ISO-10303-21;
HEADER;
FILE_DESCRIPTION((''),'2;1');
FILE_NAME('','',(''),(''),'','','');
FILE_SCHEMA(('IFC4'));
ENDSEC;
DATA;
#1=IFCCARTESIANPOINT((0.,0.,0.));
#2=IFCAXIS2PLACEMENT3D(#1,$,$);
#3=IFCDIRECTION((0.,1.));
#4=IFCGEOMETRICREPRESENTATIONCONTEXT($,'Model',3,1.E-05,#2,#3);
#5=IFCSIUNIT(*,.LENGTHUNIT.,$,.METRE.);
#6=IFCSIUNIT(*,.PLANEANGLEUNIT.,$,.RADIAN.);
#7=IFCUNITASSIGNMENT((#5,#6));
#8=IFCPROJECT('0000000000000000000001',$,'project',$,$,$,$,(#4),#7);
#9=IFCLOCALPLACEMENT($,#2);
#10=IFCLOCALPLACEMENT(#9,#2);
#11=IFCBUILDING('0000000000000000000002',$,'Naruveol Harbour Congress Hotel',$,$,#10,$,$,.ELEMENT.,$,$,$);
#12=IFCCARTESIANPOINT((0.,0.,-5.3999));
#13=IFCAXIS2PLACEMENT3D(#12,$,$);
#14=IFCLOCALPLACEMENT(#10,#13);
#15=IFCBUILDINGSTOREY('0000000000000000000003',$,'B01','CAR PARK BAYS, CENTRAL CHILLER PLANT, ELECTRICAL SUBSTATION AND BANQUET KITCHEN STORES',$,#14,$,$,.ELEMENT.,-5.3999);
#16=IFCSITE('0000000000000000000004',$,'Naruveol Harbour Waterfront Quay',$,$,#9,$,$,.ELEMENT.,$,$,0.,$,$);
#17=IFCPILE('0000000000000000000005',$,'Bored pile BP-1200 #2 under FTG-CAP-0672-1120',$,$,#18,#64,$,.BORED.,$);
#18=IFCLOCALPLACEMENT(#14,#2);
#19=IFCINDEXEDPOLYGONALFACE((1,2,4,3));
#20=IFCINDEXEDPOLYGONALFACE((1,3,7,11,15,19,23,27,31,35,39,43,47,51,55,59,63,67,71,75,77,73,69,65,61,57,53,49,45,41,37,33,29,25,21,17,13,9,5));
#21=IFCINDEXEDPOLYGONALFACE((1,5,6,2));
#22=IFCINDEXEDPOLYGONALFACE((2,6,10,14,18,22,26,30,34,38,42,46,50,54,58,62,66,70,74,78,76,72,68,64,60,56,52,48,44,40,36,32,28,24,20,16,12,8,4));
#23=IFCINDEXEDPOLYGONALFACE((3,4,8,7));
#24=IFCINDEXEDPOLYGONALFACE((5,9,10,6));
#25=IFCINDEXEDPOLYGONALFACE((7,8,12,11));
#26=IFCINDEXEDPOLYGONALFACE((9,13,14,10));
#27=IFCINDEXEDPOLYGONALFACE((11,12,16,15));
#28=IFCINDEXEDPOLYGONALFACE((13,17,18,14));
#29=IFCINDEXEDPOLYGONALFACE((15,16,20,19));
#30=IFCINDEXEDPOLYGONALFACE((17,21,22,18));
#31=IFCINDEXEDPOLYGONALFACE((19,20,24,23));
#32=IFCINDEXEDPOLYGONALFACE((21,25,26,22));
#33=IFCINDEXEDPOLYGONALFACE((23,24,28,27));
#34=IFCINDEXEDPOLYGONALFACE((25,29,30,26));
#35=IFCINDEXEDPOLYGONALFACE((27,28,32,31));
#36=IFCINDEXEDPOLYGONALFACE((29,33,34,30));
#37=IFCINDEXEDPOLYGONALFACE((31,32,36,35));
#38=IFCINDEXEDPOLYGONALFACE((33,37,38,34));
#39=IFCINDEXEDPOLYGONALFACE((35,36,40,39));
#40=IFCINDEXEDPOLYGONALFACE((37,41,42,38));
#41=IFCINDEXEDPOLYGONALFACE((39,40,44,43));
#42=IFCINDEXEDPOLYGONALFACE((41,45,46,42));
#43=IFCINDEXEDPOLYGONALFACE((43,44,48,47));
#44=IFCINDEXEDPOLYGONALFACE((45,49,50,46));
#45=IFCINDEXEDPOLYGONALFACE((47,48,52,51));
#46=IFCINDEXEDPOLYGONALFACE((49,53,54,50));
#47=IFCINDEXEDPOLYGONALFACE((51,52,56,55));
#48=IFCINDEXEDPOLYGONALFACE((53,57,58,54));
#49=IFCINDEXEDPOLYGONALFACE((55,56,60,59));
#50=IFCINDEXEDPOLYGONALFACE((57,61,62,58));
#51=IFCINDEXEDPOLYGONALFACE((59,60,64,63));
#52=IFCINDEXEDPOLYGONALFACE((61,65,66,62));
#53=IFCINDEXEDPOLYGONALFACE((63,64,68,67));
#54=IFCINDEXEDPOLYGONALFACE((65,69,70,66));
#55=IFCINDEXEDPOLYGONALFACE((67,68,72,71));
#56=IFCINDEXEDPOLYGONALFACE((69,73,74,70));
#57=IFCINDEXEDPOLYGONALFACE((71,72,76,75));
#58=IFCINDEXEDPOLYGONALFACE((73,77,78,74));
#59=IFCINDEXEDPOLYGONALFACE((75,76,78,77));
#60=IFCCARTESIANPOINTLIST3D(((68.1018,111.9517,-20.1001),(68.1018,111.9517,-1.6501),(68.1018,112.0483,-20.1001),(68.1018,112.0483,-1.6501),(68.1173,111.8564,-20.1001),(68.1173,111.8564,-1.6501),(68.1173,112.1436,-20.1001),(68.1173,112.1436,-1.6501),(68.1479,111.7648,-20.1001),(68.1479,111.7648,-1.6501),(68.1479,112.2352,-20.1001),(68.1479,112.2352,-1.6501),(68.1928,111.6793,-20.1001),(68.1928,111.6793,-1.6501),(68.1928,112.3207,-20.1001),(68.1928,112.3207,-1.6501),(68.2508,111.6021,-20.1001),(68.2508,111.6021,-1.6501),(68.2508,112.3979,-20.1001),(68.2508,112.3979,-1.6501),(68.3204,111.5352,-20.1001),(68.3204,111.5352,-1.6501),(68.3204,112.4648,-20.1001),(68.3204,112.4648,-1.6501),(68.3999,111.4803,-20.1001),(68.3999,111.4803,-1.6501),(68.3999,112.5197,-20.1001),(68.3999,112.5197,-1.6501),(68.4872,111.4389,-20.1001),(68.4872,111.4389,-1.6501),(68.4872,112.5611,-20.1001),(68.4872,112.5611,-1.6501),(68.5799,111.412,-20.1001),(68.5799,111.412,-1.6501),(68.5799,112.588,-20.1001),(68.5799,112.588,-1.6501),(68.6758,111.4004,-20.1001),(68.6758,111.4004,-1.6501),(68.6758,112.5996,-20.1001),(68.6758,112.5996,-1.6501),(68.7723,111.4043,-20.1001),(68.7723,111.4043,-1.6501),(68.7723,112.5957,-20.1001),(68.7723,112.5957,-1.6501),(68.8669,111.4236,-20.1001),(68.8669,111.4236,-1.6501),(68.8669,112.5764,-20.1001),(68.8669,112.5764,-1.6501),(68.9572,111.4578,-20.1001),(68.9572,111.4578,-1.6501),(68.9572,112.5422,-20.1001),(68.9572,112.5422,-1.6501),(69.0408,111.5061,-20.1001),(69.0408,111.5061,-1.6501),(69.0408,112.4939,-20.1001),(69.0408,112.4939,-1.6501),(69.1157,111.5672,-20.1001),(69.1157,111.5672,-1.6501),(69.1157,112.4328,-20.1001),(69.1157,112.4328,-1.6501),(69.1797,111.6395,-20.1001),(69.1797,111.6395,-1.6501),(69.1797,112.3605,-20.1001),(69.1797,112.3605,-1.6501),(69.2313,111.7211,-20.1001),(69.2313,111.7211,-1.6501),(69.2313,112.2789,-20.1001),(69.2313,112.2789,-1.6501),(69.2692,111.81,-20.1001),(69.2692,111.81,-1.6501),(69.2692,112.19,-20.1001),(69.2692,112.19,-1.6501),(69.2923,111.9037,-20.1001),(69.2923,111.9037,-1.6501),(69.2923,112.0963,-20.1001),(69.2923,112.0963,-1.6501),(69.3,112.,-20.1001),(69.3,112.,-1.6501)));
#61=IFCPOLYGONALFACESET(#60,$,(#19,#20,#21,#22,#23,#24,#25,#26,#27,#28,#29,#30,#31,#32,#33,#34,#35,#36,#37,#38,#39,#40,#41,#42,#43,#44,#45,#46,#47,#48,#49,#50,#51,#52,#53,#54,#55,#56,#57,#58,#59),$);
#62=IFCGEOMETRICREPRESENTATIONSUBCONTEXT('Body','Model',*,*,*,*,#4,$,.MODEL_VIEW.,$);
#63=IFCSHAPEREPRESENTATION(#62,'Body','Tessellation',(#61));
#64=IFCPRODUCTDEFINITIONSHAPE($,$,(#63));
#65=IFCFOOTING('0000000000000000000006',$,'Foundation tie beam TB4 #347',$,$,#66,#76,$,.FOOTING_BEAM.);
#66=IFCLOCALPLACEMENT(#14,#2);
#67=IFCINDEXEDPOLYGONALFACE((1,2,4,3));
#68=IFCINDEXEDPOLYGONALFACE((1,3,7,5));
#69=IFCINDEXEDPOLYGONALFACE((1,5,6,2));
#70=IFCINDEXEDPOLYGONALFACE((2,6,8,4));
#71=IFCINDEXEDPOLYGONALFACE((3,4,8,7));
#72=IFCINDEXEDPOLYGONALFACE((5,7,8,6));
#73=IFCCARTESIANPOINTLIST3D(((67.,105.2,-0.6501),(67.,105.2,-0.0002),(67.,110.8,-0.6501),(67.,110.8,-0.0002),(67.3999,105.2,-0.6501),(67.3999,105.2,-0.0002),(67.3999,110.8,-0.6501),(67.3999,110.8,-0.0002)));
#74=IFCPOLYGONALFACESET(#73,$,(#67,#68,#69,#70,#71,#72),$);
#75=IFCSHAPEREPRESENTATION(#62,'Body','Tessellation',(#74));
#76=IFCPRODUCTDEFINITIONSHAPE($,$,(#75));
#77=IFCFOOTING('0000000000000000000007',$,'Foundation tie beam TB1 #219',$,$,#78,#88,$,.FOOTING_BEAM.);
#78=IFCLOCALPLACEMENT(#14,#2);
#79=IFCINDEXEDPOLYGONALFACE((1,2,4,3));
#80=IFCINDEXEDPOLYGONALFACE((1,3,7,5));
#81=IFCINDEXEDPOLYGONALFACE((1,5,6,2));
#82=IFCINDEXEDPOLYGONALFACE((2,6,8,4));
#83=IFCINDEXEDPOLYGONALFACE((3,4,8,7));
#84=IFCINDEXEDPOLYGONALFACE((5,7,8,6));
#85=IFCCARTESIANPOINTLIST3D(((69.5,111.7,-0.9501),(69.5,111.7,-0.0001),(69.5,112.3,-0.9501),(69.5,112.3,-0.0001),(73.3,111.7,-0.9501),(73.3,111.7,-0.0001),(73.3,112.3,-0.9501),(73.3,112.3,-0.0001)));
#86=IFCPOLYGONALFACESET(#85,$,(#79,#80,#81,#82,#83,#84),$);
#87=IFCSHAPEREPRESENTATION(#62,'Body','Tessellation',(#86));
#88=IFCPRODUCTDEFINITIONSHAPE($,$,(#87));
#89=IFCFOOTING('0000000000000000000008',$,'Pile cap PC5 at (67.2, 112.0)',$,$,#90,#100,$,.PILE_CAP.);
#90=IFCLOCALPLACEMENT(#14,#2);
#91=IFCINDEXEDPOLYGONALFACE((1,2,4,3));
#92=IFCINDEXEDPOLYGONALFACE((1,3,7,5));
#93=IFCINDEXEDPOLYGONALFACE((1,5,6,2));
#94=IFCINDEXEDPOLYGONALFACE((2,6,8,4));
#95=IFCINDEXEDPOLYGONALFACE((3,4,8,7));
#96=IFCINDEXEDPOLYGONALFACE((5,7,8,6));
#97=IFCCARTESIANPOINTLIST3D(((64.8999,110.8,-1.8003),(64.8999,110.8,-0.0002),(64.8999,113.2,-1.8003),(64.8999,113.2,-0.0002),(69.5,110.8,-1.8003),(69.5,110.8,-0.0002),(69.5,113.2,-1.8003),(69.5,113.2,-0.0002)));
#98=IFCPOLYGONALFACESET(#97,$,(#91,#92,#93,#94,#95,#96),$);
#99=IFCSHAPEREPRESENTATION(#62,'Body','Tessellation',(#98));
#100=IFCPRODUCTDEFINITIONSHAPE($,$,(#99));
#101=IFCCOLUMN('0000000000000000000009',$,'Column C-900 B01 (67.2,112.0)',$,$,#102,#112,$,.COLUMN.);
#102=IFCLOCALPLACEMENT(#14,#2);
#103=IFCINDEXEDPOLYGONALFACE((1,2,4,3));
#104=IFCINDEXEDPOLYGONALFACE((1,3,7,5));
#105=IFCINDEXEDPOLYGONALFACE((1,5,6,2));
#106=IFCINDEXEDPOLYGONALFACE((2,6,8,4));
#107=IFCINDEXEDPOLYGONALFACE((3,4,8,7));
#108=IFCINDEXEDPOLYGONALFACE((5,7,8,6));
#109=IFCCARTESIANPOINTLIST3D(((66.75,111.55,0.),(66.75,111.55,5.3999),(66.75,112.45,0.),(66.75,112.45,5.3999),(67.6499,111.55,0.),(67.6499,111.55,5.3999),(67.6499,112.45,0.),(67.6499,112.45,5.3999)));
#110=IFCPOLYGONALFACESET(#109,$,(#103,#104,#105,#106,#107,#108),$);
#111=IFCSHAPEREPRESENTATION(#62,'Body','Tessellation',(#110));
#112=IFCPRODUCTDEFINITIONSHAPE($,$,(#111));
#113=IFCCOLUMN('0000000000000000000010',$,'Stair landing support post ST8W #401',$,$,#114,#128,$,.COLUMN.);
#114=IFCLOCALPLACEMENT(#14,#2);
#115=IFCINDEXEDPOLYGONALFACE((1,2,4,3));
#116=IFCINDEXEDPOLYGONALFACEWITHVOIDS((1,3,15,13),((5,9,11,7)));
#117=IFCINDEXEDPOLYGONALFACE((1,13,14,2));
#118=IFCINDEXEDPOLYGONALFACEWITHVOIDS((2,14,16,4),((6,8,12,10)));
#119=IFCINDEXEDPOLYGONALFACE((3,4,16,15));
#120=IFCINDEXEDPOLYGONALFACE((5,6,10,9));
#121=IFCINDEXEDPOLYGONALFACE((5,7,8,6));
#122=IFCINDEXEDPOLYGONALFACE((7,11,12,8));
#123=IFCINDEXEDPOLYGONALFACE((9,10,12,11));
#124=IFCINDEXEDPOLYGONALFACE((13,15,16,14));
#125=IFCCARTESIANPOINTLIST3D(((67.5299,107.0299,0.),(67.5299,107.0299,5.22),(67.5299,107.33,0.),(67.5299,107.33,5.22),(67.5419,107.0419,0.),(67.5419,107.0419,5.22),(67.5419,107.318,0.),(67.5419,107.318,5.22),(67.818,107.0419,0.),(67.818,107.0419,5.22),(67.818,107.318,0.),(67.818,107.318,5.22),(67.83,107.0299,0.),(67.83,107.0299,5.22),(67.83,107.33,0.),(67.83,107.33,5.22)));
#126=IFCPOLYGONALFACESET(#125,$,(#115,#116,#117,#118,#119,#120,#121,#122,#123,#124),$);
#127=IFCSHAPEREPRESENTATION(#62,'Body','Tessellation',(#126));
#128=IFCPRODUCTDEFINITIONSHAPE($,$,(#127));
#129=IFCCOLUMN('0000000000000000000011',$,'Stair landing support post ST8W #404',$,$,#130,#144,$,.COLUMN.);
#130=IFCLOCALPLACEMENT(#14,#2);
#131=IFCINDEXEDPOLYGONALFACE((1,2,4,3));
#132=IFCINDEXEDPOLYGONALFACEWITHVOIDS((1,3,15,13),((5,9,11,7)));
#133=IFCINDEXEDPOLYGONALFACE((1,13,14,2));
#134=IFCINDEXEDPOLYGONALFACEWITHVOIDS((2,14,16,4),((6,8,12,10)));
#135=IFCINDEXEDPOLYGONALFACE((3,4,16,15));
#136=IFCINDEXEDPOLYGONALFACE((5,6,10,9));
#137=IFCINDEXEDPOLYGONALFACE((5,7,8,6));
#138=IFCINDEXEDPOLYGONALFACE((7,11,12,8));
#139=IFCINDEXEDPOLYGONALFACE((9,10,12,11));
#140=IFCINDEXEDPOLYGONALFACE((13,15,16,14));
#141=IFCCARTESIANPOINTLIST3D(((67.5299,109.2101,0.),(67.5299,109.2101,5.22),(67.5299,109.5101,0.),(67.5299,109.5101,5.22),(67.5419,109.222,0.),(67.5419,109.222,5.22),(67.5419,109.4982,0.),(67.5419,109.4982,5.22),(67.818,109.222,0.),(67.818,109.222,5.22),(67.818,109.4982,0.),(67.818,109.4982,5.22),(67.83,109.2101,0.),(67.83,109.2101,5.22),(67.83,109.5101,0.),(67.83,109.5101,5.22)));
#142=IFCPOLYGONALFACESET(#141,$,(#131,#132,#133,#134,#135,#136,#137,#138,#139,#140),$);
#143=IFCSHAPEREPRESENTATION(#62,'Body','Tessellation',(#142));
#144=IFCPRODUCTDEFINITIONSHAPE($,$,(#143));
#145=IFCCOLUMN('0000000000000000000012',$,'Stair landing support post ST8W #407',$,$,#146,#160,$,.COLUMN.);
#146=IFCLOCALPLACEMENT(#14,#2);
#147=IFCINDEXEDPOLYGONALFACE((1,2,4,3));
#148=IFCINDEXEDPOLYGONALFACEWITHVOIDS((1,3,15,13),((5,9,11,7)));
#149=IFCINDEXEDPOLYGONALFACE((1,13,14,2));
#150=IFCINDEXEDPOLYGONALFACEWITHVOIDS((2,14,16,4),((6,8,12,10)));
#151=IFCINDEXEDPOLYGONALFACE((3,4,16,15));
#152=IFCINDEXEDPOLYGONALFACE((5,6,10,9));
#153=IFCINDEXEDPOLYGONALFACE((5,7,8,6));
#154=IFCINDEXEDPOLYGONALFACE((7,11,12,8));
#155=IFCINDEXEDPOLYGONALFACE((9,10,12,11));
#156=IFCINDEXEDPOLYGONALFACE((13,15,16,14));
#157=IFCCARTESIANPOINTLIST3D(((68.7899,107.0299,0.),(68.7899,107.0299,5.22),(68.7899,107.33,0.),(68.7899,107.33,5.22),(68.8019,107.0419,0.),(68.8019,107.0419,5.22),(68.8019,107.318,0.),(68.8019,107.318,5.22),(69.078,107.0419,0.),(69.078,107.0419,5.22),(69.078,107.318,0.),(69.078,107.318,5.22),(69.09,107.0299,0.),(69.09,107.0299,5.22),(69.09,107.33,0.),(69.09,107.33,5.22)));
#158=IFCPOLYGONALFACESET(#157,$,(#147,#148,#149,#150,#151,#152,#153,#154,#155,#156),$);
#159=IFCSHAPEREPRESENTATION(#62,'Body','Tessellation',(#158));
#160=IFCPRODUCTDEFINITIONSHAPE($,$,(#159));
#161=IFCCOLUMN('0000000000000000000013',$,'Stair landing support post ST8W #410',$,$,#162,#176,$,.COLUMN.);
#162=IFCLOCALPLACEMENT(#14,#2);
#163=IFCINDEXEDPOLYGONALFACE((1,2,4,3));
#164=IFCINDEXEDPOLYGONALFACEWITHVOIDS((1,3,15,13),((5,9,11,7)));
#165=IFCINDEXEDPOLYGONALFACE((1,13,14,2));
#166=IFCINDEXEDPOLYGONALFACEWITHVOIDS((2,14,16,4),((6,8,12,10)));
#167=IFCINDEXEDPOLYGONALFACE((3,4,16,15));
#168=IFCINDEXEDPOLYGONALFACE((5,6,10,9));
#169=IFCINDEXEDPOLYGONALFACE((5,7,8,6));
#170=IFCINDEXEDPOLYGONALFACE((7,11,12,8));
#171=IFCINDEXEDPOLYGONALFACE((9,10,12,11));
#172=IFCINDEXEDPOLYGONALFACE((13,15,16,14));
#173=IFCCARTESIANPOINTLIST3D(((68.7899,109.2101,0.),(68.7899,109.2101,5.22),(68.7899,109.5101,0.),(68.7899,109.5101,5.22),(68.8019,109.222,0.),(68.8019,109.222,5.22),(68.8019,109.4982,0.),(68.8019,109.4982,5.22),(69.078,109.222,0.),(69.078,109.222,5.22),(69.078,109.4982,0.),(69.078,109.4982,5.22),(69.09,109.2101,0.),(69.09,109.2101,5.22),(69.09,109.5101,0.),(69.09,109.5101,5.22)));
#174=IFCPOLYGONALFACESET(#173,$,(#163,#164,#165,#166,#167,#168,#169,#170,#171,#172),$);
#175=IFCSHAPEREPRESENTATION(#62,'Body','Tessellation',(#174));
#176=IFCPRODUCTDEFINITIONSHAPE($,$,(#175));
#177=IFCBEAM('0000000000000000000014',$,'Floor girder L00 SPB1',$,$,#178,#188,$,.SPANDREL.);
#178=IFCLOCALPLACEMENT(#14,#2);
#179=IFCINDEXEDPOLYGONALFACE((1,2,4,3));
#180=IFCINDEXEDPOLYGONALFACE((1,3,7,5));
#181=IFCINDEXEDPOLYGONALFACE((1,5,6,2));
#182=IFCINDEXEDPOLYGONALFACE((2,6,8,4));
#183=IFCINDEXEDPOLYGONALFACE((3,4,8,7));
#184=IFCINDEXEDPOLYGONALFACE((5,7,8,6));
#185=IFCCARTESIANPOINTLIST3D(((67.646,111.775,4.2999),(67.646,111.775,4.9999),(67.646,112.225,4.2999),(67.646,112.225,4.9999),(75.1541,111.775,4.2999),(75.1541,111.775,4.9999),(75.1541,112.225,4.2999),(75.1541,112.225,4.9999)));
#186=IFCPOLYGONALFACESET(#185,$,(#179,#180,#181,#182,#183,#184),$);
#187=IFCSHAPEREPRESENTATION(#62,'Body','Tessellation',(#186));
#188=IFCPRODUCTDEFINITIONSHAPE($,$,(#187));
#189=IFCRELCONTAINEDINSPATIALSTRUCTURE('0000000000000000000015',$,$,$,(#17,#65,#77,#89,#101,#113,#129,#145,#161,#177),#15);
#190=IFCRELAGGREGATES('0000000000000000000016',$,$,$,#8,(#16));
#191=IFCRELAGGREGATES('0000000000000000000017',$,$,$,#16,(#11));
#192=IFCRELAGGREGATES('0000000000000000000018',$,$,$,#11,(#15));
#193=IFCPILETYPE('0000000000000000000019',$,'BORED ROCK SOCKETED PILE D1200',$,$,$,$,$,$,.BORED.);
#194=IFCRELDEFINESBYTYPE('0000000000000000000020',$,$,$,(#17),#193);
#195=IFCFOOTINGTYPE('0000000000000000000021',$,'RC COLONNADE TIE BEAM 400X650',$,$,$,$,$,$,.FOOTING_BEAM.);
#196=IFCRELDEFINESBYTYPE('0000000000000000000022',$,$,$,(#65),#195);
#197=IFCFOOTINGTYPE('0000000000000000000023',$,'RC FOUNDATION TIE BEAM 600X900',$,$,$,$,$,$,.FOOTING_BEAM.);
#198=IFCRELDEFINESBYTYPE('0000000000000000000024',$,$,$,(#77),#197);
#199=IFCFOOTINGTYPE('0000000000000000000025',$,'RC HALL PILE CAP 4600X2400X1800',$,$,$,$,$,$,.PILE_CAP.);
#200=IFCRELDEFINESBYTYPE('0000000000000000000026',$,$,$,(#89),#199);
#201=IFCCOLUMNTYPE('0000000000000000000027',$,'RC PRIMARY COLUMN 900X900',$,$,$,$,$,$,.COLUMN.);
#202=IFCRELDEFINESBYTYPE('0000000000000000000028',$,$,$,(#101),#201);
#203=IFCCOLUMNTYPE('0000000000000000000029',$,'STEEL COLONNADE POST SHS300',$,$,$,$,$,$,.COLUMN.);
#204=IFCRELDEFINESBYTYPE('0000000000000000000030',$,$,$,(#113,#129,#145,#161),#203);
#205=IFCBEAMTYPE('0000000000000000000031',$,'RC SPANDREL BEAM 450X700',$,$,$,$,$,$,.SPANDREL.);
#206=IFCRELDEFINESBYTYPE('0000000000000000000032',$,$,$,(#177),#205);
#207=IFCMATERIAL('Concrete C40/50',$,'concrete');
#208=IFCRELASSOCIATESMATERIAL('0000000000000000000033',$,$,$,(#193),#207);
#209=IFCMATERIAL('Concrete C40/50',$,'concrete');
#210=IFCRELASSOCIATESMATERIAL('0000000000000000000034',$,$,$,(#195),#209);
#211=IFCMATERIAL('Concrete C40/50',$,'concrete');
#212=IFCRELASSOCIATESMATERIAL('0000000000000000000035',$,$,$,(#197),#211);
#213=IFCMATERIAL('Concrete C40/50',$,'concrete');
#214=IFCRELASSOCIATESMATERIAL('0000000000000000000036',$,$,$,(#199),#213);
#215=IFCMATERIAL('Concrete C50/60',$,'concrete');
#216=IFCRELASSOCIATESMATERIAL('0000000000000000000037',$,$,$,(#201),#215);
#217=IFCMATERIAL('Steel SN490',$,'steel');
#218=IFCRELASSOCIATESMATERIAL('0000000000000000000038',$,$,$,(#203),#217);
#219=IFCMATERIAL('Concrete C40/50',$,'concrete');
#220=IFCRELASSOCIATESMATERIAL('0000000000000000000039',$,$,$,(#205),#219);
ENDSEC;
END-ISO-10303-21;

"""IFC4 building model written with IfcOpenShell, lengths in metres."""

from ifc_helpers import new_model, si_unit, direction, frame, origin, origin_2d, place, context, subcontext, project, spatial, rectangle, hollow_rectangle, circle, extrude, material, material_profile, profile_set, type_object, element, save


model = new_model("IFC4")

# Units and contexts
model_context = context("Model", 3, precision=1e-05, world=origin(), true_north=direction((0.0, 1.0)))
body_context = subcontext(model_context, "Body", "Model", "MODEL_VIEW")
ifc_project = project(units=[si_unit("LENGTHUNIT", "METRE"), si_unit("PLANEANGLEUNIT", "RADIAN")], contexts=[model_context])

# Site, building, storey
site_placement = place(None, origin())
site = spatial("IfcSite", under=ifc_project, at=site_placement, Name="Naruveol Harbour Waterfront Quay", CompositionType="ELEMENT", RefElevation=0.0)
building_placement = place(site_placement, origin())
building = spatial("IfcBuilding", under=site, at=building_placement, Name="Naruveol Harbour Congress Hotel", CompositionType="ELEMENT")
storey_placement = place(building_placement, frame((0.0, 0.0, -5.3999)))
storey = spatial("IfcBuildingStorey", under=building, at=storey_placement, Name="B01", Description="CAR PARK BAYS, CENTRAL CHILLER PLANT, ELECTRICAL SUBSTATION AND BANQUET KITCHEN STORES", CompositionType="ELEMENT", Elevation=-5.3999)

# Pile
ifc_material_1 = material(Name="Concrete C40/50", Category="concrete")
ifc_material_profile_1 = material_profile(ifc_material_1, circle(Radius=0.6001, at=origin_2d()), Name="BP-1200")
ifc_profile_set_1 = profile_set([ifc_material_profile_1], Name="Concrete C40/50")
pile_type = type_object("IfcPileType", Name="BORED ROCK SOCKETED PILE D1200", PredefinedType="BORED", material=ifc_profile_set_1)
pile_placement = place(storey_placement, frame((68.7, 112.0, -1.6501), z_axis=(0.0, 0.0, -1.0), x_axis=(1.0, 0.0, 0.0)))
element("IfcPile", 1, at=pile_placement, inside=storey, type_object=pile_type, Name="Bored pile BP-1200 #2 under FTG-CAP-0672-1120", PredefinedType="BORED", context=body_context, shape_type="SweptSolid", body=[
    extrude(circle(Radius=0.6001, at=origin_2d()), origin(), (0.0, 0.0, 1.0), 18.45),
])

# Footings
ifc_material_2 = material(Name="Concrete C40/50", Category="concrete")
ifc_material_profile_2 = material_profile(ifc_material_2, rectangle(XDim=0.3999, YDim=0.6499, at=origin_2d()), Name="RCB-400x650")
ifc_profile_set_2 = profile_set([ifc_material_profile_2], Name="Concrete C40/50")
footing_type_1 = type_object("IfcFootingType", Name="RC COLONNADE TIE BEAM 400X650", PredefinedType="FOOTING_BEAM", material=ifc_profile_set_2)
footing_1_placement = place(storey_placement, frame((67.2, 105.2, -0.3252), z_axis=(0.0, 1.0, 0.0), x_axis=(-1.0, 0.0, 0.0)))
element("IfcFooting", 2, at=footing_1_placement, inside=storey, type_object=footing_type_1, Name="Foundation tie beam TB4 #347", PredefinedType="FOOTING_BEAM", context=body_context, shape_type="SweptSolid", body=[
    extrude(rectangle(XDim=0.3999, YDim=0.6499, at=origin_2d()), origin(), (0.0, 0.0, 1.0), 5.6001),
])
ifc_material_3 = material(Name="Concrete C40/50", Category="concrete")
ifc_material_profile_3 = material_profile(ifc_material_3, rectangle(XDim=0.6001, YDim=0.95, at=origin_2d()), Name="RCB-600x950")
ifc_profile_set_3 = profile_set([ifc_material_profile_3], Name="Concrete C40/50")
footing_type_2 = type_object("IfcFootingType", Name="RC FOUNDATION TIE BEAM 600X900", PredefinedType="FOOTING_BEAM", material=ifc_profile_set_3)
footing_2_placement = place(storey_placement, frame((69.5, 112.0, -0.4751), z_axis=(1.0, 0.0, 0.0), x_axis=(0.0, 1.0, 0.0)))
element("IfcFooting", 3, at=footing_2_placement, inside=storey, type_object=footing_type_2, Name="Foundation tie beam TB1 #219", PredefinedType="FOOTING_BEAM", context=body_context, shape_type="SweptSolid", body=[
    extrude(rectangle(XDim=0.6001, YDim=0.95, at=origin_2d()), origin(), (0.0, 0.0, 1.0), 3.8),
])
ifc_material_4 = material(Name="Concrete C40/50", Category="concrete")
footing_type_3 = type_object("IfcFootingType", Name="RC HALL PILE CAP 4600X2400X1800", PredefinedType="PILE_CAP", material=ifc_material_4)
footing_3_placement = place(storey_placement, frame((67.2, 112.0, -1.8003), z_axis=(0.0, 0.0, 1.0), x_axis=(1.0, 0.0, 0.0)))
element("IfcFooting", 4, at=footing_3_placement, inside=storey, type_object=footing_type_3, Name="Pile cap PC5 at (67.2, 112.0)", PredefinedType="PILE_CAP", context=body_context, shape_type="SweptSolid", body=[
    extrude(rectangle(XDim=4.6001, YDim=2.3999, at=origin_2d()), origin(), (0.0, 0.0, 1.0), 1.8),
])

# Columns
ifc_material_5 = material(Name="Concrete C50/60", Category="concrete")
ifc_material_profile_4 = material_profile(ifc_material_5, rectangle(XDim=0.8999, YDim=0.8999, at=origin_2d()), Name="RC-900x900")
ifc_profile_set_4 = profile_set([ifc_material_profile_4], Name="Concrete C50/60")
column_type_1 = type_object("IfcColumnType", Name="RC PRIMARY COLUMN 900X900", PredefinedType="COLUMN", material=ifc_profile_set_4)
column_placement = place(storey_placement, frame((67.2, 112.0, 0.0), z_axis=(0.0, 0.0, 1.0), x_axis=(1.0, 0.0, 0.0)))
element("IfcColumn", 5, at=column_placement, inside=storey, type_object=column_type_1, Name="Column C-900 B01 (67.2,112.0)", PredefinedType="COLUMN", context=body_context, shape_type="SweptSolid", body=[
    extrude(rectangle(XDim=0.8999, YDim=0.8999, at=origin_2d()), origin(), (0.0, 0.0, 1.0), 5.3999),
])
ifc_material_6 = material(Name="Steel SN490", Category="steel")
ifc_material_profile_5 = material_profile(ifc_material_6, hollow_rectangle(XDim=0.3, YDim=0.3, WallThickness=0.012, at=origin_2d()), Name="SHS-300x300x12")
ifc_profile_set_5 = profile_set([ifc_material_profile_5], Name="Steel SN490")
column_type_2 = type_object("IfcColumnType", Name="STEEL COLONNADE POST SHS300", PredefinedType="COLUMN", material=ifc_profile_set_5)
for number, where, z_axis, x_axis, name in (
    (6, (67.6799, 107.1799, 0.0), (0.0, 0.0, 1.0), (1.0, 0.0, 0.0), "Stair landing support post ST8W #401"),
    (7, (67.6799, 109.3601, 0.0), (0.0, 0.0, 1.0), (1.0, 0.0, 0.0), "Stair landing support post ST8W #404"),
    (8, (68.9399, 107.1799, 0.0), (0.0, 0.0, 1.0), (1.0, 0.0, 0.0), "Stair landing support post ST8W #407"),
    (9, (68.9399, 109.3601, 0.0), (0.0, 0.0, 1.0), (1.0, 0.0, 0.0), "Stair landing support post ST8W #410"),
):
    element("IfcColumn", number, at=place(storey_placement, frame(where, z_axis=z_axis, x_axis=x_axis)), inside=storey, type_object=column_type_2, Name=name, PredefinedType="COLUMN", context=body_context, shape_type="SweptSolid", body=[
        extrude(hollow_rectangle(XDim=0.3, YDim=0.3, WallThickness=0.012, at=origin_2d()), origin(), (0.0, 0.0, 1.0), 5.22),
    ])

# Beam
ifc_material_7 = material(Name="Concrete C40/50", Category="concrete")
ifc_material_profile_6 = material_profile(ifc_material_7, rectangle(XDim=0.45, YDim=0.7, at=origin_2d()), Name="RCB-450x700")
ifc_profile_set_6 = profile_set([ifc_material_profile_6], Name="Concrete C40/50")
beam_type = type_object("IfcBeamType", Name="RC SPANDREL BEAM 450X700", PredefinedType="SPANDREL", material=ifc_profile_set_6)
beam_1_placement = place(storey_placement, frame((67.646, 112.0, 4.6499), z_axis=(1.0, 0.0, 0.0), x_axis=(0.0, 1.0, 0.0)))
element("IfcBeam", 10, at=beam_1_placement, inside=storey, type_object=beam_type, Name="Floor girder L00 SPB1", PredefinedType="SPANDREL", context=body_context, shape_type="SweptSolid", body=[
    extrude(rectangle(XDim=0.45, YDim=0.7, at=origin_2d()), origin(), (0.0, 0.0, 1.0), 7.5081),
])

save(model, "model.ifc")
